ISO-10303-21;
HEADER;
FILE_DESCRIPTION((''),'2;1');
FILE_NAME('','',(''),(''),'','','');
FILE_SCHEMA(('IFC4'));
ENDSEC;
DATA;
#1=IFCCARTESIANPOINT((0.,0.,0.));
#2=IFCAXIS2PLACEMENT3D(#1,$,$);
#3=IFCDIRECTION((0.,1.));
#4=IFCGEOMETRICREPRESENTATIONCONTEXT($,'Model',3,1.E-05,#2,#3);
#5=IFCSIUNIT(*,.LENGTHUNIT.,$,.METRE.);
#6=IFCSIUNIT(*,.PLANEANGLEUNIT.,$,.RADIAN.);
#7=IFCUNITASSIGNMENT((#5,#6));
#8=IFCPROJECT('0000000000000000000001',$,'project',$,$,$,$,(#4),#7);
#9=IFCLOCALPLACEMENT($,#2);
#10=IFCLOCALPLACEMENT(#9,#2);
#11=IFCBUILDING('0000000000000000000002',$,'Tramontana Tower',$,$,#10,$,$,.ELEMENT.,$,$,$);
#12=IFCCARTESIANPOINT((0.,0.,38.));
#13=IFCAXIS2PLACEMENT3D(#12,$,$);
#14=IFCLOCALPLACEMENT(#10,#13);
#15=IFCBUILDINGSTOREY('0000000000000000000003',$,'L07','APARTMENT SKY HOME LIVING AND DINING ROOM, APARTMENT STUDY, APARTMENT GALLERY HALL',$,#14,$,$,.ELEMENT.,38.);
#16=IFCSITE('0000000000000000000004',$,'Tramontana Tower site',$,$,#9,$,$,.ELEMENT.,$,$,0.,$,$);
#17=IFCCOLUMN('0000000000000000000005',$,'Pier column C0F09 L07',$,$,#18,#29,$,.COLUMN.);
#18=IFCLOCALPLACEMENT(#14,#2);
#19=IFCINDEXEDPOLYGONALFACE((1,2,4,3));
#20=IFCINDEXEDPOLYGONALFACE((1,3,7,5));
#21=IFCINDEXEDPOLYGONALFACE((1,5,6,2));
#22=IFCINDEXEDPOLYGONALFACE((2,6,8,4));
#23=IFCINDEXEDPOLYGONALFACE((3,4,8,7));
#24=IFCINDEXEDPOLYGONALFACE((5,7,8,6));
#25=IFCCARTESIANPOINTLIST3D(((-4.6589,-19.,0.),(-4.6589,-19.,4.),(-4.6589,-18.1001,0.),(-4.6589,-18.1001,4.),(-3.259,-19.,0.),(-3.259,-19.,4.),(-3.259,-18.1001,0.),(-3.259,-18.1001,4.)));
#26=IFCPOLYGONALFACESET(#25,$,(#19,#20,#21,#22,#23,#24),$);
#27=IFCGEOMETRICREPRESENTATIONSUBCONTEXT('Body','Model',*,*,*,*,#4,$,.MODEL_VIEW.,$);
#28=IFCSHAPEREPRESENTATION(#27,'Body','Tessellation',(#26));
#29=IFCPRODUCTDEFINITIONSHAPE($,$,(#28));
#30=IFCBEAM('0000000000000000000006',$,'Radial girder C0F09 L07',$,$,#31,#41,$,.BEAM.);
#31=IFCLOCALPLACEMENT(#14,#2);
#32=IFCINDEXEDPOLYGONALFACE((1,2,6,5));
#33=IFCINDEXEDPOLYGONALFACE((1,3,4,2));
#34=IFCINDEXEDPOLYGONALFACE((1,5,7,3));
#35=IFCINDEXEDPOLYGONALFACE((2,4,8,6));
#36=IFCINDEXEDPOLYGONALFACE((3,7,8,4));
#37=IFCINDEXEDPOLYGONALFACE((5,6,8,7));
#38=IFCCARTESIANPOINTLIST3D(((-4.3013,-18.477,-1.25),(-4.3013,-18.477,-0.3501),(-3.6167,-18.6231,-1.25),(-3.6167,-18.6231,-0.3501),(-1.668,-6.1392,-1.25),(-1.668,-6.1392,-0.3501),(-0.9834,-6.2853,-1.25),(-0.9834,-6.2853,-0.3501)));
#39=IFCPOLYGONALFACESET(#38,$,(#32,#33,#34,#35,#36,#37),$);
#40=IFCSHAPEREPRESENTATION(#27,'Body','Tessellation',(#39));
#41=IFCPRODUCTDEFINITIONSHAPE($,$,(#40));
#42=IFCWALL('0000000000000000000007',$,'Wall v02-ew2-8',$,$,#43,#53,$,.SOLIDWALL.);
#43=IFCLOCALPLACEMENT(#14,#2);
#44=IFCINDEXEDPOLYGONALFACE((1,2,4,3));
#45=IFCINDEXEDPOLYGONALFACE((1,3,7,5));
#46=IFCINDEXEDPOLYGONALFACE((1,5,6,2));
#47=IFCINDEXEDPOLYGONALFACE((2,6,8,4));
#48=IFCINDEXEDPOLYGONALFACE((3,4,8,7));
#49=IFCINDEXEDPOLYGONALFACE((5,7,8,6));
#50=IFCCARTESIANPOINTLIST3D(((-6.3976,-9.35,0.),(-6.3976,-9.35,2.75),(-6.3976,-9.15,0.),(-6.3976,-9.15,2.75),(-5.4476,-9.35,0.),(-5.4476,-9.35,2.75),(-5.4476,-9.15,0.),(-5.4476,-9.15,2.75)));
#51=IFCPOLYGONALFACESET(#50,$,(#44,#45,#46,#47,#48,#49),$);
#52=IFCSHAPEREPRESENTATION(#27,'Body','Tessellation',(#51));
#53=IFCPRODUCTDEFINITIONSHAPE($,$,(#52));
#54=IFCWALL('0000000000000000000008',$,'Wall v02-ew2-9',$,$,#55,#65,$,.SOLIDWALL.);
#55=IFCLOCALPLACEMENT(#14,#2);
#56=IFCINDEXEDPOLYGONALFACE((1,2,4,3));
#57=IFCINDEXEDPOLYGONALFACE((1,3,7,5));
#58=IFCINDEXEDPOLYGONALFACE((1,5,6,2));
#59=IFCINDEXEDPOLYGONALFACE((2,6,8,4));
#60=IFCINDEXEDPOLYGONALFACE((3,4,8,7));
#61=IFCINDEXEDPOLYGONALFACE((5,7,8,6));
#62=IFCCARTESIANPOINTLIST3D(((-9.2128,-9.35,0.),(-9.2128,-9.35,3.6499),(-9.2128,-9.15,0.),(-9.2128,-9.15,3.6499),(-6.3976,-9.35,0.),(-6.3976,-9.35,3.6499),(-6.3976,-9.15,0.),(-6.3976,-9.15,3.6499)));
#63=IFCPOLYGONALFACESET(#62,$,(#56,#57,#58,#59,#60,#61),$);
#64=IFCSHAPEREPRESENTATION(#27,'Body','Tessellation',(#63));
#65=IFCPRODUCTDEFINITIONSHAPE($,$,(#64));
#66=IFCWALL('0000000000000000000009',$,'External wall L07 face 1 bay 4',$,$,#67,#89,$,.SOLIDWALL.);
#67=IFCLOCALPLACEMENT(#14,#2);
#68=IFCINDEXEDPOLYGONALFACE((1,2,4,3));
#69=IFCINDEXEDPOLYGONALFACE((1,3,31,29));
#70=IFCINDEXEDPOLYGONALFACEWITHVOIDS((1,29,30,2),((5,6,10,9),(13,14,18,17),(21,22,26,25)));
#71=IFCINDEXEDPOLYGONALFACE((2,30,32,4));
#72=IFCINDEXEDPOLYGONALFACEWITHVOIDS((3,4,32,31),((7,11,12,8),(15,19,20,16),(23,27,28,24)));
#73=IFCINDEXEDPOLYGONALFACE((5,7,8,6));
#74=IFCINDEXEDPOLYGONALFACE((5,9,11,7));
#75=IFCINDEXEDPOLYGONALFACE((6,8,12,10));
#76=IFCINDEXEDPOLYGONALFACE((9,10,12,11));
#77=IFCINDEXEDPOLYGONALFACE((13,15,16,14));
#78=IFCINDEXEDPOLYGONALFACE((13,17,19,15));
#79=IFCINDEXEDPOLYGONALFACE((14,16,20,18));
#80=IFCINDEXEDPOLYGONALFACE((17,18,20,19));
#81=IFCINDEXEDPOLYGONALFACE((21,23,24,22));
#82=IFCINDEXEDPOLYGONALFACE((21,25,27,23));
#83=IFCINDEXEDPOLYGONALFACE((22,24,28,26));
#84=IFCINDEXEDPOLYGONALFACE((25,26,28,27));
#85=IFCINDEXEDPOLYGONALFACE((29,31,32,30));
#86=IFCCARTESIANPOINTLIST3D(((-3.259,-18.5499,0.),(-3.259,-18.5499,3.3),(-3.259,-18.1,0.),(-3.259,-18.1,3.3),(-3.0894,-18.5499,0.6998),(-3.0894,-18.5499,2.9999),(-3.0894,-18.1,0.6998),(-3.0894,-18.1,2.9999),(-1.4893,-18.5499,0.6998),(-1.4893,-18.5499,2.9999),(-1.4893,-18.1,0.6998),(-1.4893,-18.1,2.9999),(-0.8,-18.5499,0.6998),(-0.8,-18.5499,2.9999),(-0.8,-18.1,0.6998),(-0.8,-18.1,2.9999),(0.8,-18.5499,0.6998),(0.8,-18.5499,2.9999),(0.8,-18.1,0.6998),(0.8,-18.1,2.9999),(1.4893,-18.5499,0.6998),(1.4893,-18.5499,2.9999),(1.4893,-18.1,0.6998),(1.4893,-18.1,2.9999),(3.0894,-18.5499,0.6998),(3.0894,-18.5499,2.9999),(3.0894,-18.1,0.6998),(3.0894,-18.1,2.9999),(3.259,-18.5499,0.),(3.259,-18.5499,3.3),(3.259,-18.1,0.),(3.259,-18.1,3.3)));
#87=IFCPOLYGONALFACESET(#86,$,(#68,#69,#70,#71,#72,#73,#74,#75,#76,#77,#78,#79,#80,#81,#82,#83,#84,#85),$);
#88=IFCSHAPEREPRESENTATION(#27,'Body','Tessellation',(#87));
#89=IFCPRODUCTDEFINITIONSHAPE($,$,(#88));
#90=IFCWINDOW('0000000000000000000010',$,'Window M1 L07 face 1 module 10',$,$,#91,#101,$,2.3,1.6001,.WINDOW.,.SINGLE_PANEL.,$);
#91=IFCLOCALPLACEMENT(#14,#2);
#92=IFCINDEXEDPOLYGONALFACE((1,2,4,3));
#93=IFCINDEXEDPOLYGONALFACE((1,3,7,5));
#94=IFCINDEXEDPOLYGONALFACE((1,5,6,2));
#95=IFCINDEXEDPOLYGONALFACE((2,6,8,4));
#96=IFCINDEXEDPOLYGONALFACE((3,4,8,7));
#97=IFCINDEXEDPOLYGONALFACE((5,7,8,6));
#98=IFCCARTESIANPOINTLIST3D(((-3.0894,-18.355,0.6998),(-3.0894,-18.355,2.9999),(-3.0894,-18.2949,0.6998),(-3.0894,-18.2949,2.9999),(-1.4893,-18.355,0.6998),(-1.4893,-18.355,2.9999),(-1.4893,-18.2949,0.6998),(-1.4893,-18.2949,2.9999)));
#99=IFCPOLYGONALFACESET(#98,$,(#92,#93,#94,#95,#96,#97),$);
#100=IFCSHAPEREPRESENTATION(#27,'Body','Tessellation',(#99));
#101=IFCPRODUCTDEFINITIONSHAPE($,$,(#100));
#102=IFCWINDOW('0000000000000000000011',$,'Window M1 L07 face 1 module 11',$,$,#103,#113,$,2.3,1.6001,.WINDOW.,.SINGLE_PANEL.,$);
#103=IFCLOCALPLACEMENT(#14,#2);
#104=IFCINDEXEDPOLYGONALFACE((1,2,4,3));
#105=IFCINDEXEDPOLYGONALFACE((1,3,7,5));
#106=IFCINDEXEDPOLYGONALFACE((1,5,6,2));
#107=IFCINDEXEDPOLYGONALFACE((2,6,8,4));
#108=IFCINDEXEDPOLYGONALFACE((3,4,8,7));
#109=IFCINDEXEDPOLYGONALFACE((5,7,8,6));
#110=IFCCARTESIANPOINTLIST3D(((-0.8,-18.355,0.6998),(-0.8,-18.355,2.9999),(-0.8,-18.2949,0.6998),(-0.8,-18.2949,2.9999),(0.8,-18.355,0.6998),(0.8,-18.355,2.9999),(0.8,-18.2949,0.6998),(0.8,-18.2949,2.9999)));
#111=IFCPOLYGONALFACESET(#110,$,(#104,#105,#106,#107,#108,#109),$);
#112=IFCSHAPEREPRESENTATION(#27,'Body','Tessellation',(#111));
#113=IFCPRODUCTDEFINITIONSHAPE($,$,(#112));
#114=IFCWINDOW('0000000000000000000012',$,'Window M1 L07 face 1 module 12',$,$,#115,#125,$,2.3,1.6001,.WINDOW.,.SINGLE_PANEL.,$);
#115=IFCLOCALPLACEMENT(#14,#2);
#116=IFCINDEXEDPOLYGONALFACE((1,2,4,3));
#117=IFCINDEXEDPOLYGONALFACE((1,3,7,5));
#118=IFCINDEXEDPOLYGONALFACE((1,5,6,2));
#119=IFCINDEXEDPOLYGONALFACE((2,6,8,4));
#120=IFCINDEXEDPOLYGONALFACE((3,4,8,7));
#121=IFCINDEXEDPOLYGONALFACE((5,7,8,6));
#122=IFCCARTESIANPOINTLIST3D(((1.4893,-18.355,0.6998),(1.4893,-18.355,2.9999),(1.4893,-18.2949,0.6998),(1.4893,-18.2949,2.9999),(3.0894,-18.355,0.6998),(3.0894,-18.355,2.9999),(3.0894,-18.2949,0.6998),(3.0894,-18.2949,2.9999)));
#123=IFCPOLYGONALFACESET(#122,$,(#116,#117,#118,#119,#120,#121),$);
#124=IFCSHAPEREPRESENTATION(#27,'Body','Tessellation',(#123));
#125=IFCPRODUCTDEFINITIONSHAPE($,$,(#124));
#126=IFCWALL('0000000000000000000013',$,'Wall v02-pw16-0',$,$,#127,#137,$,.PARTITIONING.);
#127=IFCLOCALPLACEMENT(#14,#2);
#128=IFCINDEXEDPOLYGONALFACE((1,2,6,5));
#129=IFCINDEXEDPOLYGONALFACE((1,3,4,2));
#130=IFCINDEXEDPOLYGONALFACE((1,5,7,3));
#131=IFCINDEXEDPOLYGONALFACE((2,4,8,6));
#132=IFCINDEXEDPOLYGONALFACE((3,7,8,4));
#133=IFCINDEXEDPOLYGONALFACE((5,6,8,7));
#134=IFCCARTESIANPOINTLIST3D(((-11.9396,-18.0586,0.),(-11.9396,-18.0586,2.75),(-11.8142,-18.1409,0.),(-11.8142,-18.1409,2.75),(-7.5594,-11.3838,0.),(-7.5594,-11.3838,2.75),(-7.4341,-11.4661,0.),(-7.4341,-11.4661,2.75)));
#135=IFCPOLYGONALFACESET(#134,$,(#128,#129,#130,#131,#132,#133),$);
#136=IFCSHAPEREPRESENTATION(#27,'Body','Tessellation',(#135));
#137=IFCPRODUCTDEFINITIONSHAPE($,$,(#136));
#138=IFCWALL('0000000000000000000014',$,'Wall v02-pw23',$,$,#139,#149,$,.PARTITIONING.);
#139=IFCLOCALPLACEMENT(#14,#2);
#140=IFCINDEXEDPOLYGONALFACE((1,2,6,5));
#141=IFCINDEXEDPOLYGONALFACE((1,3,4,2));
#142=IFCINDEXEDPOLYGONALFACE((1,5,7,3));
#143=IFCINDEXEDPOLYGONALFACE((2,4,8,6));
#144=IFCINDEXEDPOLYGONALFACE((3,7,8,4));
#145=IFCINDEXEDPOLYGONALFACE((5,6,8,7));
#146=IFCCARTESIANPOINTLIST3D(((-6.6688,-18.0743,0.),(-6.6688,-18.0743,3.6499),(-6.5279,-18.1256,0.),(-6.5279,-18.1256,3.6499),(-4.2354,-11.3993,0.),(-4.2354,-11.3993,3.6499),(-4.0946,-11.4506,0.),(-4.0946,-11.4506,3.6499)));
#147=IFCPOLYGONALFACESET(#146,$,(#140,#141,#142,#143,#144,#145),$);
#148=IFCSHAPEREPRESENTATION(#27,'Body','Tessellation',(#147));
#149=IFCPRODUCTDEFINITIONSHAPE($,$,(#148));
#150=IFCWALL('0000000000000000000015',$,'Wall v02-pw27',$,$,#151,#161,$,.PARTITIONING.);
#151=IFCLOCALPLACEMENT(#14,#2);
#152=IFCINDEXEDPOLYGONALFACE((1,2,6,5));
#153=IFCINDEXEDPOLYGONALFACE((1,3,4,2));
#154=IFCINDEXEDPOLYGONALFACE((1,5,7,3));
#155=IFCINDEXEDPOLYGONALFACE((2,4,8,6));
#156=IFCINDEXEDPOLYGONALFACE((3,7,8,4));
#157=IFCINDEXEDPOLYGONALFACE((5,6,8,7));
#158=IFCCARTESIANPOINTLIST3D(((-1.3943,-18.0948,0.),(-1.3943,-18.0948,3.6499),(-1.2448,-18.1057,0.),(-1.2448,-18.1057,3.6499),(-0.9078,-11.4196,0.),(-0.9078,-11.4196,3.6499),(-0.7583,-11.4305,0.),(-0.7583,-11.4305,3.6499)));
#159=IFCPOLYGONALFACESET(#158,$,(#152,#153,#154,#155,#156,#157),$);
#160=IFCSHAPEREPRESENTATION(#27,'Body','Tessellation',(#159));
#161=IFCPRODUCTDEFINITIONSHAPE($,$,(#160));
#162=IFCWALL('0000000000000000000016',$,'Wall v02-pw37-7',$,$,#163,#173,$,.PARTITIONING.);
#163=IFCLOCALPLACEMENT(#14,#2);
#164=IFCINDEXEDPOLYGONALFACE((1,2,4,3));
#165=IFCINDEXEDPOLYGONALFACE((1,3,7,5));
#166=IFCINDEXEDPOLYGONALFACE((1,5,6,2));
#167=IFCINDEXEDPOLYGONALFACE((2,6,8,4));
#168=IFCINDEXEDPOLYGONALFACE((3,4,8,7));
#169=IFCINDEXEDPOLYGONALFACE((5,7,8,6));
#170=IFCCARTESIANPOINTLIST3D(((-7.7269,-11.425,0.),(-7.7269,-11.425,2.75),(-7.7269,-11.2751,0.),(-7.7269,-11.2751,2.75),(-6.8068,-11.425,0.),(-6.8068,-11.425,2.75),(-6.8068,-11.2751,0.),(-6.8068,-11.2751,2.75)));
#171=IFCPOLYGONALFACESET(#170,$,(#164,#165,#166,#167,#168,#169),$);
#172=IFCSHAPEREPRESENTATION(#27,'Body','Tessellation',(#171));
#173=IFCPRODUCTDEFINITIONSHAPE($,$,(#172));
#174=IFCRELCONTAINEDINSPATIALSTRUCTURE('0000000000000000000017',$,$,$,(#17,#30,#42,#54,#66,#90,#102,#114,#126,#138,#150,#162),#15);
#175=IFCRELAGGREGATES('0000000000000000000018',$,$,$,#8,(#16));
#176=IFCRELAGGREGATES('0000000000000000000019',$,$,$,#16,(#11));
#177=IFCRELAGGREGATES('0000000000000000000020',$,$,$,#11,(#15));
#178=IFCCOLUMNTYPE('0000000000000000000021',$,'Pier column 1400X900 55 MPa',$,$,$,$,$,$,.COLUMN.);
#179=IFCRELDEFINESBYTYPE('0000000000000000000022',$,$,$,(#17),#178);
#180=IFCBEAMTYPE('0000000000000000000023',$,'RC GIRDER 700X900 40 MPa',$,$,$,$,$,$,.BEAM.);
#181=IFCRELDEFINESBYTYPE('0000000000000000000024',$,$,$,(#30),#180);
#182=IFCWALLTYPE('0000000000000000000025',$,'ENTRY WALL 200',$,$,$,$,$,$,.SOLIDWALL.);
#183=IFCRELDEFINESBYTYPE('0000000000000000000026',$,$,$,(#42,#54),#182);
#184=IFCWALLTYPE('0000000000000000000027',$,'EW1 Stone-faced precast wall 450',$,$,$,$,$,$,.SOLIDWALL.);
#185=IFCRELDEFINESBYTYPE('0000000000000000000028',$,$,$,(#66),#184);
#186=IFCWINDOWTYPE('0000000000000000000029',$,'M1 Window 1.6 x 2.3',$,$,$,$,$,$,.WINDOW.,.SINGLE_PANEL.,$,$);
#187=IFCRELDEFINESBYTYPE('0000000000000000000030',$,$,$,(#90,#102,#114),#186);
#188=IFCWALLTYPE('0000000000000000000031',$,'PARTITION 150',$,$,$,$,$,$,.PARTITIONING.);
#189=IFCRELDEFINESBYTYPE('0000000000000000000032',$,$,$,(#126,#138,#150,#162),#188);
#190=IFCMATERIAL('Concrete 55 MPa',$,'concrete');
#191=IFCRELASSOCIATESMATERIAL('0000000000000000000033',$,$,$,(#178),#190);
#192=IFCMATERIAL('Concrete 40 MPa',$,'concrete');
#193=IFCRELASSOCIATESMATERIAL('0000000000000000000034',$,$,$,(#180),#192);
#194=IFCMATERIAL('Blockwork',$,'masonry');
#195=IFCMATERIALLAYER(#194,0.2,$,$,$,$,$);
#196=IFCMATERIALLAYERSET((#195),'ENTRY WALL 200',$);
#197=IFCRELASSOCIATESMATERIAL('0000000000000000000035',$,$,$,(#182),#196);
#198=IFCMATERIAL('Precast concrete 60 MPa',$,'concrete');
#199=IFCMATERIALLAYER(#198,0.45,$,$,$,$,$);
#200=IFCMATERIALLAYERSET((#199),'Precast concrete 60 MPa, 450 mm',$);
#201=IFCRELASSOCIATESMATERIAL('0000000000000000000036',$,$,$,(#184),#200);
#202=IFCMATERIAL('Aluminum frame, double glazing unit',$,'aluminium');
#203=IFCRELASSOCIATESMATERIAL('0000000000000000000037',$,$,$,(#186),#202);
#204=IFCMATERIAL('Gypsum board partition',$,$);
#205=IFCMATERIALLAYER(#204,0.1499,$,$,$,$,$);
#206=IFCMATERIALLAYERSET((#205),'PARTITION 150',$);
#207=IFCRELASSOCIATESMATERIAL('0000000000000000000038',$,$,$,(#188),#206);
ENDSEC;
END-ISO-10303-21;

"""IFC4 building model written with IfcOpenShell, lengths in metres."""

from ifc_helpers import new_model, si_unit, direction, frame, frame_2d, origin, origin_2d, place, context, subcontext, project, spatial, rectangle, extrude, material, layer, layer_set, material_profile, profile_set, type_object, element, fill, save


model = new_model("IFC4")

# Units and contexts
model_context = context("Model", 3, precision=1e-05, world=origin(), true_north=direction((0.0, 1.0)))
body_context = subcontext(model_context, "Body", "Model", "MODEL_VIEW")
ifc_project = project(units=[si_unit("LENGTHUNIT", "METRE"), si_unit("PLANEANGLEUNIT", "RADIAN")], contexts=[model_context])

# Site, building, storey
site_placement = place(None, origin())
site = spatial("IfcSite", under=ifc_project, at=site_placement, Name="Tramontana Tower site", CompositionType="ELEMENT", RefElevation=0.0)
building_placement = place(site_placement, origin())
building = spatial("IfcBuilding", under=site, at=building_placement, Name="Tramontana Tower", CompositionType="ELEMENT")
storey_placement = place(building_placement, frame((0.0, 0.0, 38.0)))
storey = spatial("IfcBuildingStorey", under=building, at=storey_placement, Name="L07", Description="APARTMENT SKY HOME LIVING AND DINING ROOM, APARTMENT STUDY, APARTMENT GALLERY HALL", CompositionType="ELEMENT", Elevation=38.0)

# Column
ifc_material_1 = material(Name="Concrete 55 MPa", Category="concrete")
ifc_material_profile_1 = material_profile(ifc_material_1, rectangle(XDim=1.3999, YDim=0.8999, at=origin_2d()), Name="Pier column 1400X900 55 MPa")
ifc_profile_set_1 = profile_set([ifc_material_profile_1], Name="Concrete 55 MPa")
column_type = type_object("IfcColumnType", Name="Pier column 1400X900 55 MPa", PredefinedType="COLUMN", material=ifc_profile_set_1)
column_placement = place(storey_placement, frame((-3.959, -18.55, 0.0), z_axis=(0.0, 0.0, 1.0), x_axis=(1.0, 0.0, 0.0)))
element("IfcColumn", 1, at=column_placement, inside=storey, type_object=column_type, Name="Pier column C0F09 L07", PredefinedType="COLUMN", context=body_context, shape_type="SweptSolid", body=[
    extrude(rectangle(XDim=1.3999, YDim=0.8999, at=origin_2d()), origin(), (0.0, 0.0, 1.0), 4.0),
])

# Beam
ifc_material_2 = material(Name="Concrete 40 MPa", Category="concrete")
ifc_material_profile_2 = material_profile(ifc_material_2, rectangle(XDim=0.7, YDim=0.8999, at=origin_2d()), Name="RC GIRDER 700X900 40 MPa")
ifc_profile_set_2 = profile_set([ifc_material_profile_2], Name="Concrete 40 MPa")
beam_type = type_object("IfcBeamType", Name="RC GIRDER 700X900 40 MPa", PredefinedType="BEAM", material=ifc_profile_set_2)
beam_placement = place(storey_placement, frame((-3.959, -18.55, -0.8), z_axis=(0.208731, 0.977973, 0.0), x_axis=(-0.977973, 0.208731, 0.0)))
element("IfcBeam", 2, at=beam_placement, inside=storey, type_object=beam_type, Name="Radial girder C0F09 L07", PredefinedType="BEAM", context=body_context, shape_type="SweptSolid", body=[
    extrude(rectangle(XDim=0.7, YDim=0.8999, at=origin_2d()), origin(), (0.0, 0.0, 1.0), 12.6157),
])

# Walls
ifc_material_3 = material(Name="Blockwork", Category="masonry")
ifc_layer_1 = layer(ifc_material_3, 0.2)
ifc_layer_set_1 = layer_set([ifc_layer_1], Name="ENTRY WALL 200")
wall_type_1 = type_object("IfcWallType", Name="ENTRY WALL 200", PredefinedType="SOLIDWALL", material=ifc_layer_set_1)
wall_1_placement = place(storey_placement, frame((-5.4475, -9.25, 0.0), z_axis=(0.0, 0.0, 1.0), x_axis=(-1.0, 0.0, 0.0)))
element("IfcWall", 3, at=wall_1_placement, inside=storey, type_object=wall_type_1, Name="Wall v02-ew2-8", PredefinedType="SOLIDWALL", context=body_context, shape_type="SweptSolid", body=[
    extrude(rectangle(XDim=0.95, YDim=0.2, at=frame_2d((0.4751, 0.0))), origin(), (0.0, 0.0, 1.0), 2.75),
])
wall_2_placement = place(storey_placement, frame((-6.3975, -9.25, 0.0), z_axis=(0.0, 0.0, 1.0), x_axis=(-1.0, 0.0, 0.0)))
element("IfcWall", 4, at=wall_2_placement, inside=storey, type_object=wall_type_1, Name="Wall v02-ew2-9", PredefinedType="SOLIDWALL", context=body_context, shape_type="SweptSolid", body=[
    extrude(rectangle(XDim=2.8152, YDim=0.2, at=frame_2d((1.4077, 0.0))), origin(), (0.0, 0.0, 1.0), 3.6499),
])

# Wall, openings, windows
ifc_material_4 = material(Name="Precast concrete 60 MPa", Category="concrete")
ifc_layer_2 = layer(ifc_material_4, 0.45)
ifc_layer_set_2 = layer_set([ifc_layer_2], Name="Precast concrete 60 MPa, 450 mm")
wall_type_2 = type_object("IfcWallType", Name="EW1 Stone-faced precast wall 450", PredefinedType="SOLIDWALL", material=ifc_layer_set_2)
wall_3_placement = place(storey_placement, frame((-3.259, -18.325, 0.0), z_axis=(0.0, 0.0, 1.0), x_axis=(1.0, 0.0, 0.0)))
wall_3 = element("IfcWall", 5, at=wall_3_placement, inside=storey, type_object=wall_type_2, Name="External wall L07 face 1 bay 4", PredefinedType="SOLIDWALL", context=body_context, shape_type="SweptSolid", body=[
    extrude(rectangle(XDim=6.5181, YDim=0.45, at=frame_2d((3.259, 0.0))), origin(), (0.0, 0.0, 1.0), 3.3),
])
opening_1_placement = place(wall_3_placement, frame((0.1697, 0.0, 0.7)))
opening_1 = element("IfcOpeningElement", 6, at=opening_1_placement, cuts=wall_3, PredefinedType="OPENING", context=body_context, shape_type="SweptSolid", body=[
    extrude(rectangle(XDim=1.6001, YDim=2.3, at=frame_2d((0.8, 1.1499))), frame((0.0, 0.2349, 0.0), z_axis=(0.0, -1.0, 0.0), x_axis=(1.0, 0.0, 0.0)), (0.0, 0.0, 1.0), 0.47),
])
opening_2_placement = place(wall_3_placement, frame((2.459, 0.0, 0.7)))
opening_2 = element("IfcOpeningElement", 7, at=opening_2_placement, cuts=wall_3, PredefinedType="OPENING", context=body_context, shape_type="SweptSolid", body=[
    extrude(rectangle(XDim=1.6001, YDim=2.3, at=frame_2d((0.8, 1.1499))), frame((0.0, 0.2349, 0.0), z_axis=(0.0, -1.0, 0.0), x_axis=(1.0, 0.0, 0.0)), (0.0, 0.0, 1.0), 0.47),
])
opening_3_placement = place(wall_3_placement, frame((4.7483, 0.0, 0.7)))
opening_3 = element("IfcOpeningElement", 8, at=opening_3_placement, cuts=wall_3, PredefinedType="OPENING", context=body_context, shape_type="SweptSolid", body=[
    extrude(rectangle(XDim=1.6001, YDim=2.3, at=frame_2d((0.8, 1.1499))), frame((0.0, 0.2349, 0.0), z_axis=(0.0, -1.0, 0.0), x_axis=(1.0, 0.0, 0.0)), (0.0, 0.0, 1.0), 0.47),
])
ifc_material_5 = material(Name="Aluminum frame, double glazing unit", Category="aluminium")
window_type = type_object("IfcWindowType", Name="M1 Window 1.6 x 2.3", PartitioningType="SINGLE_PANEL", PredefinedType="WINDOW", material=ifc_material_5)
window_1_placement = place(opening_1_placement, origin())
window_1 = element("IfcWindow", 9, at=window_1_placement, inside=storey, type_object=window_type, Name="Window M1 L07 face 1 module 10", OverallHeight=2.3, OverallWidth=1.6001, PartitioningType="SINGLE_PANEL", PredefinedType="WINDOW", context=body_context, shape_type="SweptSolid", body=[
    extrude(rectangle(XDim=1.6001, YDim=2.3, at=frame_2d((0.8, 1.1499))), frame((0.0, 0.03, 0.0), z_axis=(0.0, -1.0, 0.0), x_axis=(1.0, 0.0, 0.0)), (0.0, 0.0, 1.0), 0.0601),
])
fill(opening_1, window_1)
window_2_placement = place(opening_2_placement, origin())
window_2 = element("IfcWindow", 10, at=window_2_placement, inside=storey, type_object=window_type, Name="Window M1 L07 face 1 module 11", OverallHeight=2.3, OverallWidth=1.6001, PartitioningType="SINGLE_PANEL", PredefinedType="WINDOW", context=body_context, shape_type="SweptSolid", body=[
    extrude(rectangle(XDim=1.6001, YDim=2.3, at=frame_2d((0.8, 1.1499))), frame((0.0, 0.03, 0.0), z_axis=(0.0, -1.0, 0.0), x_axis=(1.0, 0.0, 0.0)), (0.0, 0.0, 1.0), 0.0601),
])
fill(opening_2, window_2)
window_3_placement = place(opening_3_placement, origin())
window_3 = element("IfcWindow", 11, at=window_3_placement, inside=storey, type_object=window_type, Name="Window M1 L07 face 1 module 12", OverallHeight=2.3, OverallWidth=1.6001, PartitioningType="SINGLE_PANEL", PredefinedType="WINDOW", context=body_context, shape_type="SweptSolid", body=[
    extrude(rectangle(XDim=1.6001, YDim=2.3, at=frame_2d((0.8, 1.1499))), frame((0.0, 0.03, 0.0), z_axis=(0.0, -1.0, 0.0), x_axis=(1.0, 0.0, 0.0)), (0.0, 0.0, 1.0), 0.0601),
])
fill(opening_3, window_3)

# Walls
ifc_material_6 = material(Name="Gypsum board partition")
ifc_layer_3 = layer(ifc_material_6, 0.1499)
ifc_layer_set_3 = layer_set([ifc_layer_3], Name="PARTITION 150")
wall_type_3 = type_object("IfcWallType", Name="PARTITION 150", PredefinedType="PARTITIONING", material=ifc_layer_set_3)
wall_4_placement = place(storey_placement, frame((-7.4968, -11.425, 0.0), z_axis=(0.0, 0.0, 1.0), x_axis=(-0.548638, -0.83606, 0.0)))
element("IfcWall", 12, at=wall_4_placement, inside=storey, type_object=wall_type_3, Name="Wall v02-pw16-0", PredefinedType="PARTITIONING", context=body_context, shape_type="SweptSolid", body=[
    extrude(rectangle(XDim=7.9836, YDim=0.1499, at=frame_2d((3.9917, 0.0))), origin(), (0.0, 0.0, 1.0), 2.75),
])
wall_5_placement = place(storey_placement, frame((-4.165, -11.425, 0.0), z_axis=(0.0, 0.0, 1.0), x_axis=(-0.342496, -0.939519, 0.0)))
element("IfcWall", 13, at=wall_5_placement, inside=storey, type_object=wall_type_3, Name="Wall v02-pw23", PredefinedType="PARTITIONING", context=body_context, shape_type="SweptSolid", body=[
    extrude(rectangle(XDim=7.1047, YDim=0.1499, at=frame_2d((3.5522, 0.0))), origin(), (0.0, 0.0, 1.0), 3.6499),
])
wall_6_placement = place(storey_placement, frame((-0.833, -11.425, 0.0), z_axis=(0.0, 0.0, 1.0), x_axis=(-0.072701, -0.997354, 0.0)))
element("IfcWall", 14, at=wall_6_placement, inside=storey, type_object=wall_type_3, Name="Wall v02-pw27", PredefinedType="PARTITIONING", context=body_context, shape_type="SweptSolid", body=[
    extrude(rectangle(XDim=6.6929, YDim=0.1499, at=frame_2d((3.3464, 0.0))), origin(), (0.0, 0.0, 1.0), 3.6499),
])

# Wall
wall_7_placement = place(storey_placement, frame((-6.8069, -11.3501, 0.0), z_axis=(0.0, 0.0, 1.0), x_axis=(-1.0, 0.0, 0.0)))
element("IfcWall", 15, at=wall_7_placement, inside=storey, type_object=wall_type_3, Name="Wall v02-pw37-7", PredefinedType="PARTITIONING", context=body_context, shape_type="SweptSolid", body=[
    extrude(rectangle(XDim=0.9202, YDim=0.1499, at=frame_2d((0.46, 0.0))), origin(), (0.0, 0.0, 1.0), 2.75),
])

save(model, "model.ifc")
